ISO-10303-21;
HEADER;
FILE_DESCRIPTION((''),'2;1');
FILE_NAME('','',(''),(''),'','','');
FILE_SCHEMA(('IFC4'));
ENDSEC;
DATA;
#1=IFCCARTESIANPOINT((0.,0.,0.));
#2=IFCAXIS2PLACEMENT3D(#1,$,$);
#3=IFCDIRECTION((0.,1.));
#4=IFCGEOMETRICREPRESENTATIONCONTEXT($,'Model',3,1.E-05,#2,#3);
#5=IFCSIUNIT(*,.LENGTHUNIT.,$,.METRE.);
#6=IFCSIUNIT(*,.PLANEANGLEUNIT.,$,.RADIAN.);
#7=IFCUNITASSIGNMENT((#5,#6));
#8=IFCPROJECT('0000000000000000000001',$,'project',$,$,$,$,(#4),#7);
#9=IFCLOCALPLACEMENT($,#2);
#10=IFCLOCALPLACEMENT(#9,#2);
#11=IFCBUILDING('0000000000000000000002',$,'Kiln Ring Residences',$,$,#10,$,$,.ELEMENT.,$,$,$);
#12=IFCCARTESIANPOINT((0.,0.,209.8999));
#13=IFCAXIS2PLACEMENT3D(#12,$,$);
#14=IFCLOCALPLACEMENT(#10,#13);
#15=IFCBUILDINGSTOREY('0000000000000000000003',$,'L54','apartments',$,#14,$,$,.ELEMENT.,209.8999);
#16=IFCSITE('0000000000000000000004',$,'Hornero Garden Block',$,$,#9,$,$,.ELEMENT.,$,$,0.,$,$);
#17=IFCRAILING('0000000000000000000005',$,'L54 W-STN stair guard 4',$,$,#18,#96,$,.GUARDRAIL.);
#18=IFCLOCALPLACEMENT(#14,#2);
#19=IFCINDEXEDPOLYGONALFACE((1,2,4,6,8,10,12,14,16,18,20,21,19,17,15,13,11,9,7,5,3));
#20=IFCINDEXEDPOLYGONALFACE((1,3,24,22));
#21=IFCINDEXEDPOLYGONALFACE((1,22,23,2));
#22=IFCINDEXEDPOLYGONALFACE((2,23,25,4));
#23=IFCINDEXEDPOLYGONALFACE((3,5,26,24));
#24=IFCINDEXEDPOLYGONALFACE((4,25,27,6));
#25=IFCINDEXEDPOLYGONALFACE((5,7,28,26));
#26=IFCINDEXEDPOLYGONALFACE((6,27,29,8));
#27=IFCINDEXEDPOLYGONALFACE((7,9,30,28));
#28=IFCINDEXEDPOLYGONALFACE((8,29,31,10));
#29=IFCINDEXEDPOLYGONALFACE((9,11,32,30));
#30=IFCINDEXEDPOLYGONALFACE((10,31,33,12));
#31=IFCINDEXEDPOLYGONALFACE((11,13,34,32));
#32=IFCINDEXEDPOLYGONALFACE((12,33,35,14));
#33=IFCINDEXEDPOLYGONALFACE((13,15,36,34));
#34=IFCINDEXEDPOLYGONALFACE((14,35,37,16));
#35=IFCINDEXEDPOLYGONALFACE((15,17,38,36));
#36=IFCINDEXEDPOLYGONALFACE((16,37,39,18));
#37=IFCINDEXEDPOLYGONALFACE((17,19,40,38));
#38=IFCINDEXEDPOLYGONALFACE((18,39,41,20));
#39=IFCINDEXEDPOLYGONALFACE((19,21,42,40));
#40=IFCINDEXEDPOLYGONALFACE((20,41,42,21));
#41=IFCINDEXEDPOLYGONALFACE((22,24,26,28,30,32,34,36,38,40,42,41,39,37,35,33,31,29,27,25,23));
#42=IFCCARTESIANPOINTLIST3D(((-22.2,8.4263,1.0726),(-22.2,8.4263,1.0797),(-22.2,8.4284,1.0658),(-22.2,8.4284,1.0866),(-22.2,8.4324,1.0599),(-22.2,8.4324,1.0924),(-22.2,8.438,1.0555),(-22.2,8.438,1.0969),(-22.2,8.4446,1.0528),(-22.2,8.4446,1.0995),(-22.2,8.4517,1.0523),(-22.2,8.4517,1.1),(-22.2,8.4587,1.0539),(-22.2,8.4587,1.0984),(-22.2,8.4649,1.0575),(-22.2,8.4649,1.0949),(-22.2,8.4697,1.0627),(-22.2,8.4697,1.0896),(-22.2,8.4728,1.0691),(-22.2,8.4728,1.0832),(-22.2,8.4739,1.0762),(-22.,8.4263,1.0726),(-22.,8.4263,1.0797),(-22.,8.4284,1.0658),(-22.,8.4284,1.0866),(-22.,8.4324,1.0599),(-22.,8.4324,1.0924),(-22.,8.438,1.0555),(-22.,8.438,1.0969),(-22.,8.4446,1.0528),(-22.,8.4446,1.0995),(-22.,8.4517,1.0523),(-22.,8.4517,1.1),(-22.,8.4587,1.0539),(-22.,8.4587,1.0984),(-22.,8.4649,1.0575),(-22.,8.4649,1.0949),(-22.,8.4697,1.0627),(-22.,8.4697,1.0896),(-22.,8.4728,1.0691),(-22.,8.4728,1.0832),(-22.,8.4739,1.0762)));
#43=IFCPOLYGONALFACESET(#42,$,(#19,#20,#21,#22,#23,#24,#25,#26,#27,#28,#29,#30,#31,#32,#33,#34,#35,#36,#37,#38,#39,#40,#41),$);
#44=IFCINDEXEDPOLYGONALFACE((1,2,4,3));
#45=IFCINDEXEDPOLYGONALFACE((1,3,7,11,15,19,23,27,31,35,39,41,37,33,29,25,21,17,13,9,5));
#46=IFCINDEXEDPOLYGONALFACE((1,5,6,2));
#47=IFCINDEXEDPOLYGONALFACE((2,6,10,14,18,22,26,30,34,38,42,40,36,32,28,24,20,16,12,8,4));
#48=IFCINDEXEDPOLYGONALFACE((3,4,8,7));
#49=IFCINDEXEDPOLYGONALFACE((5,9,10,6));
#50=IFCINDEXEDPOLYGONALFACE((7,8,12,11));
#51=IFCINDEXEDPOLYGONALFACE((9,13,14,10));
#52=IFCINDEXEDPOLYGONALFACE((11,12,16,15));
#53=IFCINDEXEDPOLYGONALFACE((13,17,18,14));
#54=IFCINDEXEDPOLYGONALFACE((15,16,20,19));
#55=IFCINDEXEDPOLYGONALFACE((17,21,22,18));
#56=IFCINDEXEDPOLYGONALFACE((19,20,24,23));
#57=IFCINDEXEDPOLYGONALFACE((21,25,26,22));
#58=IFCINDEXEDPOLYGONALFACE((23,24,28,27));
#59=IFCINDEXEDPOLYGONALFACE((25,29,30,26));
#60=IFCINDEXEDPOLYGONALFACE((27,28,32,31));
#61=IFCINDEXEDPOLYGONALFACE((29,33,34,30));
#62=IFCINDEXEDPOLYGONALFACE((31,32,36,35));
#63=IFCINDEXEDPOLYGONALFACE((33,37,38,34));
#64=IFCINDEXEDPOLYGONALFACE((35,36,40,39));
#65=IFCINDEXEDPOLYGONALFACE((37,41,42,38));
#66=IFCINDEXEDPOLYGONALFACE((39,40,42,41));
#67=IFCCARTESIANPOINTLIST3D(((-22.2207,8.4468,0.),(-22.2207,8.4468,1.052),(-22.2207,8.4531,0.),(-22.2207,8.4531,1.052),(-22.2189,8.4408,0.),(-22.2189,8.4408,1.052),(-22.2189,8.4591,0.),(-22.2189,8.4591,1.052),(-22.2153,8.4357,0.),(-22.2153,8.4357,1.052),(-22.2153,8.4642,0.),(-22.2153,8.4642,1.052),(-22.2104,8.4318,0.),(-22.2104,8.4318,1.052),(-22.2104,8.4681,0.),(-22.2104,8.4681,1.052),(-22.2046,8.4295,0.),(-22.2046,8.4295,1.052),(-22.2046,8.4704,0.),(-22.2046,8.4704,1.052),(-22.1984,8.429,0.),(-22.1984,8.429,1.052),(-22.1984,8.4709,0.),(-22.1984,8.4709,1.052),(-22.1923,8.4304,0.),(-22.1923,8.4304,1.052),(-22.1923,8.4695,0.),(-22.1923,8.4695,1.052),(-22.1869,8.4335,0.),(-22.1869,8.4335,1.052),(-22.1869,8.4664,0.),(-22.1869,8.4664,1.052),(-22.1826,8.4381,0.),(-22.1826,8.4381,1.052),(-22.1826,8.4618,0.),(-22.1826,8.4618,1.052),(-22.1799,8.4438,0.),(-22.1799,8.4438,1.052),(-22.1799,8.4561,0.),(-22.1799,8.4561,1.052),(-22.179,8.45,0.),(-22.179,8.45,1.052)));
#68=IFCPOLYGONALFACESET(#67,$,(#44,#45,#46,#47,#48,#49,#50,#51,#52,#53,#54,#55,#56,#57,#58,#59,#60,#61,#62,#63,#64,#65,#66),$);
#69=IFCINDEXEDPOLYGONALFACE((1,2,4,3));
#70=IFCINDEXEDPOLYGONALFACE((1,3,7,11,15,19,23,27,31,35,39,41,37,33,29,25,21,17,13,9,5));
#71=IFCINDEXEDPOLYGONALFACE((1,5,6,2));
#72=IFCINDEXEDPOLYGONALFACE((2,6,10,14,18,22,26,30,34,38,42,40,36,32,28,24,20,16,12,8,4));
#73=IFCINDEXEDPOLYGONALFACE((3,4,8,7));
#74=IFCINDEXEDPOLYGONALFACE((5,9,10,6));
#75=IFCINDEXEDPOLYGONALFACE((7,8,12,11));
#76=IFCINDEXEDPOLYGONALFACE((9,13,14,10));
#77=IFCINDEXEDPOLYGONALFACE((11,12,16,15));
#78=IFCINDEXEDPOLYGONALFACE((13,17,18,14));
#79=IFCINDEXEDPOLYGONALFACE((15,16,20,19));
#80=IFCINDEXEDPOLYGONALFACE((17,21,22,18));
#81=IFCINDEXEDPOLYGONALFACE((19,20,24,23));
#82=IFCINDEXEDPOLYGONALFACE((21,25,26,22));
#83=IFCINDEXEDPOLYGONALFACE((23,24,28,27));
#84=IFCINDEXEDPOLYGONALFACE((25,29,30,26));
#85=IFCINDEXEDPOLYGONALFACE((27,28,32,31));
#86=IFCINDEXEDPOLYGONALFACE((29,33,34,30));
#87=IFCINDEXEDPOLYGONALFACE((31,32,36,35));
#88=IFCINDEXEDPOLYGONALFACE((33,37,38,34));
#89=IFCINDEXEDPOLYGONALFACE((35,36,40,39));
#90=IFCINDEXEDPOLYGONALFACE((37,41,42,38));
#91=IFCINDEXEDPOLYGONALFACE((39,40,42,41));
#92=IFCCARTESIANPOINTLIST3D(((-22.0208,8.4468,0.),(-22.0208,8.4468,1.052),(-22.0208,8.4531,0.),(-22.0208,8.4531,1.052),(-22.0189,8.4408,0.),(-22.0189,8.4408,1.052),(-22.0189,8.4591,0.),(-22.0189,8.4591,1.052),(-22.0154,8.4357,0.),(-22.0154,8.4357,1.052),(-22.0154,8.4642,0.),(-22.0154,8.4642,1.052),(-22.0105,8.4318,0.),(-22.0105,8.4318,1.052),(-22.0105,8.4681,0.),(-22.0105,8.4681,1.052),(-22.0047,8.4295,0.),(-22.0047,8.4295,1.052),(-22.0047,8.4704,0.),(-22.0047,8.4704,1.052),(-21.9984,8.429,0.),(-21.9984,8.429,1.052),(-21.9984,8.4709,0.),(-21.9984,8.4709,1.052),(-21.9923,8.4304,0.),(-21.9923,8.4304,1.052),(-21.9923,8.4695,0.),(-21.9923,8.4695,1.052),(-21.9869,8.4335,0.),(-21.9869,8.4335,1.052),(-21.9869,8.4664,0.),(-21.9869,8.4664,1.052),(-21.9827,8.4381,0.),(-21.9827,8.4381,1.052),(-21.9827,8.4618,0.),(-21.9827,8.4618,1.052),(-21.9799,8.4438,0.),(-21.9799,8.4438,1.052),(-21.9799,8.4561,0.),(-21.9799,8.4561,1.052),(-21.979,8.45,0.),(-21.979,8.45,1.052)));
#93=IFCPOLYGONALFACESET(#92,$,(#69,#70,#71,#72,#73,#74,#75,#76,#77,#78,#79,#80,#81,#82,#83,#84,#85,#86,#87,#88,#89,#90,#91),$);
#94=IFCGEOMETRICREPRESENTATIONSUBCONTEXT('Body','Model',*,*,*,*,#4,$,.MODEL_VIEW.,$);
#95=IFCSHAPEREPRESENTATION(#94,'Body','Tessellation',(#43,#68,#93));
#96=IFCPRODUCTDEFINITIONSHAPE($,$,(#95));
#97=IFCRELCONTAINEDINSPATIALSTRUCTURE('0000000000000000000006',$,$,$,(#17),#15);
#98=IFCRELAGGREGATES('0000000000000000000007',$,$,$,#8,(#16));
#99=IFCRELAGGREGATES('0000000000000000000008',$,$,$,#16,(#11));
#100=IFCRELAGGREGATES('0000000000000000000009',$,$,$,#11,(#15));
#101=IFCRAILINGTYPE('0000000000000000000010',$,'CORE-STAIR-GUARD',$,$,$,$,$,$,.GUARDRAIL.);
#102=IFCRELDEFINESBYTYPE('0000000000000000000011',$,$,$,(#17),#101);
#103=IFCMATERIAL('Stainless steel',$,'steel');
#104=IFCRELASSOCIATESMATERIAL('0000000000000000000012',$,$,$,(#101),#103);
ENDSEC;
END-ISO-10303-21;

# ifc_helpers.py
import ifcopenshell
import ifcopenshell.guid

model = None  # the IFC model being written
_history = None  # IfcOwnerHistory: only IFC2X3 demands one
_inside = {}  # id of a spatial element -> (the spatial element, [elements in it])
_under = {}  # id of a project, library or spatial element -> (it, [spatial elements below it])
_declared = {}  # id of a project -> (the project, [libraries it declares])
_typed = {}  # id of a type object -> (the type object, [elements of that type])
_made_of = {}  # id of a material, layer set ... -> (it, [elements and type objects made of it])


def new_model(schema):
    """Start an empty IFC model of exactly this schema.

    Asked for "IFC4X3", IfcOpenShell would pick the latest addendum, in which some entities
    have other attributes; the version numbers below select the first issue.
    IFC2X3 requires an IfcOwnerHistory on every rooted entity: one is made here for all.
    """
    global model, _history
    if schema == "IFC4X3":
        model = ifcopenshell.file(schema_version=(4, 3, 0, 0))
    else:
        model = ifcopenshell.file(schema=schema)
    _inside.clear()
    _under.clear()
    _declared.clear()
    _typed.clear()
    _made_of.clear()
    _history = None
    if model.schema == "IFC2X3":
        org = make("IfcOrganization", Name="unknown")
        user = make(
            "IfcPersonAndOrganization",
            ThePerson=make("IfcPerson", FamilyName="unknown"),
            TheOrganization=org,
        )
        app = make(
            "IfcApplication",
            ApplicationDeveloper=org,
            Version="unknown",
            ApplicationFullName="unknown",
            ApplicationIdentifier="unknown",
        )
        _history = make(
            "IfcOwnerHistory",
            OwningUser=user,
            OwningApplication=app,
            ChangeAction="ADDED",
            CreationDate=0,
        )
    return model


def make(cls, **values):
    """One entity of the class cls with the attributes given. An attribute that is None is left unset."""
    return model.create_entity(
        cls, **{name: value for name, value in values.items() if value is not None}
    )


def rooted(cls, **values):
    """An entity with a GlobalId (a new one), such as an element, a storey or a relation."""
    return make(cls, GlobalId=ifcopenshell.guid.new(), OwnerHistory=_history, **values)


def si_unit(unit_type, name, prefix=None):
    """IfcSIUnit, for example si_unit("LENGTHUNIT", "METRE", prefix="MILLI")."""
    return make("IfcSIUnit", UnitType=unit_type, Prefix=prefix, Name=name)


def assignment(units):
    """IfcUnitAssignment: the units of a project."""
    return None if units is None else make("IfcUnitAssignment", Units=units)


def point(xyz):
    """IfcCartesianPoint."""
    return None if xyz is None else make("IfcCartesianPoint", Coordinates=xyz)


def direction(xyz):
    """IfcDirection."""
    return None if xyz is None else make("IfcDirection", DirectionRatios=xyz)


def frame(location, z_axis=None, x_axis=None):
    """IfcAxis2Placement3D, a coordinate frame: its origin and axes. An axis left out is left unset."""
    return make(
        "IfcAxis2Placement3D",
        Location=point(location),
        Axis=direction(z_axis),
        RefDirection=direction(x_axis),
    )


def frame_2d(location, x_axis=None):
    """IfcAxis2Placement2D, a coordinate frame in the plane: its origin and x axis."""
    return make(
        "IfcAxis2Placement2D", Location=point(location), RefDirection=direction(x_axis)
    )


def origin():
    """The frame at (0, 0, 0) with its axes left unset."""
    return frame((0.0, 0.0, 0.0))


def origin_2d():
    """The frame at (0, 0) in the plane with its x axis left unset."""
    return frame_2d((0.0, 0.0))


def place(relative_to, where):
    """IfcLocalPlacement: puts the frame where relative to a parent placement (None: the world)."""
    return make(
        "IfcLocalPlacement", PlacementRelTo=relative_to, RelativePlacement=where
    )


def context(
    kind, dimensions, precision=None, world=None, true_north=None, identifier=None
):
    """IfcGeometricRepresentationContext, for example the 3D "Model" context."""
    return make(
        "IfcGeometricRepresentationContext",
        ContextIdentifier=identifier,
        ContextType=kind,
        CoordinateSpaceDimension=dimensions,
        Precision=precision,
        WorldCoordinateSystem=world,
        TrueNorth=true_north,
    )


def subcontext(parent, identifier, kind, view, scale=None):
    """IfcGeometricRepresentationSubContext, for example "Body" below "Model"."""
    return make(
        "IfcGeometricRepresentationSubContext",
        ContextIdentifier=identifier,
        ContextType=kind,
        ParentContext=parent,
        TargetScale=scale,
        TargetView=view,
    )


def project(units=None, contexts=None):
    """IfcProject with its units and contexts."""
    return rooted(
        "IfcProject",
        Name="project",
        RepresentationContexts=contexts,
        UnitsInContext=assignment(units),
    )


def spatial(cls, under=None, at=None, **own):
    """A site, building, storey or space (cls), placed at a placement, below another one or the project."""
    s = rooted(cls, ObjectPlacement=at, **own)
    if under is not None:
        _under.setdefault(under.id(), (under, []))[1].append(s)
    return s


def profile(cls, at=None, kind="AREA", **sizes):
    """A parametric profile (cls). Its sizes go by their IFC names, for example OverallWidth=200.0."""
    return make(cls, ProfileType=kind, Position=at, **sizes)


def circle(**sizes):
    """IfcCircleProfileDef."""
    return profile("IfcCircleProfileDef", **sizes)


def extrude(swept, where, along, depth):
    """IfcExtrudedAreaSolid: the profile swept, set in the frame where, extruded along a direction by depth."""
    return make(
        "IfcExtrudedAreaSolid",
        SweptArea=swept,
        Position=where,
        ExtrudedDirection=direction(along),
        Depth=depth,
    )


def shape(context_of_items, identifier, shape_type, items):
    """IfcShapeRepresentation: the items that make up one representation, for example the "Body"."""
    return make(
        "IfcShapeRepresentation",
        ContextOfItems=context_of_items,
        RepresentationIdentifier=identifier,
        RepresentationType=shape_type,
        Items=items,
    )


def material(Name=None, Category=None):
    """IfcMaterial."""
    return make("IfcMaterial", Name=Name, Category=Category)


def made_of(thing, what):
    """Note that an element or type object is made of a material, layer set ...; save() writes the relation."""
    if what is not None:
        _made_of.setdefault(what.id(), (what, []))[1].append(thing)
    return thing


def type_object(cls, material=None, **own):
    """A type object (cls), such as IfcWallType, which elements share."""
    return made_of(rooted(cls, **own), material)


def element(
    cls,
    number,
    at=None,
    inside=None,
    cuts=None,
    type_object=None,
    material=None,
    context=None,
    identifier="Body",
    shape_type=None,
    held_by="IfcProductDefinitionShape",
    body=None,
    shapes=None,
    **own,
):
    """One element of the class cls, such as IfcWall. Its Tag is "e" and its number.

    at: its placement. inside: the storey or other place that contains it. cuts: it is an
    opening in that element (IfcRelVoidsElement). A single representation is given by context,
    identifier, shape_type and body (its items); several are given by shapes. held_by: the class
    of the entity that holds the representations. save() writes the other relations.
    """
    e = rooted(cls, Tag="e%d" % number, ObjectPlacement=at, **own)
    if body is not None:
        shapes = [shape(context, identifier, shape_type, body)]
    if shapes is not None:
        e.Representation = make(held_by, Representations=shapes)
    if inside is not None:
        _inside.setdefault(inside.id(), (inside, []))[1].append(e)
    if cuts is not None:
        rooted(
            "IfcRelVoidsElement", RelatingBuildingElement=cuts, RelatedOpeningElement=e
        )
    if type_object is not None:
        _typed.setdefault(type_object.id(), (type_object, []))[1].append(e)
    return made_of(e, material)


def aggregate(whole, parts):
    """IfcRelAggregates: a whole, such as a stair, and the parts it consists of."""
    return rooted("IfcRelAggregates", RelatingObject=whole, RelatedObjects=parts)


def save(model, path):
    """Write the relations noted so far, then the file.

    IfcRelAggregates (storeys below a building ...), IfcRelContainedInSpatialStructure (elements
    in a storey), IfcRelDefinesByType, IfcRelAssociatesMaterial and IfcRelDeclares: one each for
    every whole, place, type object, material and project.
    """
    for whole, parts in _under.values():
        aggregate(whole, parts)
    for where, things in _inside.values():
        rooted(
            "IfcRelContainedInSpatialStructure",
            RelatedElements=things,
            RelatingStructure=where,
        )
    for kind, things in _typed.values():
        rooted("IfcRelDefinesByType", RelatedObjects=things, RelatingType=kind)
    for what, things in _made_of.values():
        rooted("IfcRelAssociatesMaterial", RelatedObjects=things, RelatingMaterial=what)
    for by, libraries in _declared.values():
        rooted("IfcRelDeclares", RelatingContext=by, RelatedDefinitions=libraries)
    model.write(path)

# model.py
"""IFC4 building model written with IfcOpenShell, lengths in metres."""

from ifc_helpers import new_model, si_unit, direction, frame, origin, origin_2d, place, context, subcontext, project, spatial, circle, extrude, material, type_object, element, save


model = new_model("IFC4")

# Units and contexts
model_context = context("Model", 3, precision=1e-05, world=origin(), true_north=direction((0.0, 1.0)))
body_context = subcontext(model_context, "Body", "Model", "MODEL_VIEW")
ifc_project = project(units=[si_unit("LENGTHUNIT", "METRE"), si_unit("PLANEANGLEUNIT", "RADIAN")], contexts=[model_context])

# Site, building, storey
site_placement = place(None, origin())
site = spatial("IfcSite", under=ifc_project, at=site_placement, Name="Hornero Garden Block", CompositionType="ELEMENT", RefElevation=0.0)
building_placement = place(site_placement, origin())
building = spatial("IfcBuilding", under=site, at=building_placement, Name="Kiln Ring Residences", CompositionType="ELEMENT")
storey_placement = place(building_placement, frame((0.0, 0.0, 209.8999)))
storey = spatial("IfcBuildingStorey", under=building, at=storey_placement, Name="L54", Description="apartments", CompositionType="ELEMENT", Elevation=209.8999)

# Railing
ifc_material_1 = material(Name="Stainless steel", Category="steel")
railing_type_1 = type_object("IfcRailingType", Name="CORE-STAIR-GUARD", PredefinedType="GUARDRAIL", material=ifc_material_1)
railing_1_placement = place(storey_placement, frame((-22.2, 8.45, 0.0)))
element("IfcRailing", 1, at=railing_1_placement, inside=storey, type_object=railing_type_1, Name="L54 W-STN stair guard 4", PredefinedType="GUARDRAIL", context=body_context, shape_type="SweptSolid", body=[
    extrude(circle(Radius=0.0239, at=origin_2d()), frame((0.0, 0.0, 1.0762), z_axis=(1.0, 0.0, 0.0), x_axis=(0.0, 1.0, 0.0)), (0.0, 0.0, 1.0), 0.2),
    extrude(circle(Radius=0.021, at=origin_2d()), origin(), (0.0, 0.0, 1.0), 1.052),
    extrude(circle(Radius=0.021, at=origin_2d()), frame((0.2, 0.0, 0.0)), (0.0, 0.0, 1.0), 1.052),
])

save(model, "model.ifc")
